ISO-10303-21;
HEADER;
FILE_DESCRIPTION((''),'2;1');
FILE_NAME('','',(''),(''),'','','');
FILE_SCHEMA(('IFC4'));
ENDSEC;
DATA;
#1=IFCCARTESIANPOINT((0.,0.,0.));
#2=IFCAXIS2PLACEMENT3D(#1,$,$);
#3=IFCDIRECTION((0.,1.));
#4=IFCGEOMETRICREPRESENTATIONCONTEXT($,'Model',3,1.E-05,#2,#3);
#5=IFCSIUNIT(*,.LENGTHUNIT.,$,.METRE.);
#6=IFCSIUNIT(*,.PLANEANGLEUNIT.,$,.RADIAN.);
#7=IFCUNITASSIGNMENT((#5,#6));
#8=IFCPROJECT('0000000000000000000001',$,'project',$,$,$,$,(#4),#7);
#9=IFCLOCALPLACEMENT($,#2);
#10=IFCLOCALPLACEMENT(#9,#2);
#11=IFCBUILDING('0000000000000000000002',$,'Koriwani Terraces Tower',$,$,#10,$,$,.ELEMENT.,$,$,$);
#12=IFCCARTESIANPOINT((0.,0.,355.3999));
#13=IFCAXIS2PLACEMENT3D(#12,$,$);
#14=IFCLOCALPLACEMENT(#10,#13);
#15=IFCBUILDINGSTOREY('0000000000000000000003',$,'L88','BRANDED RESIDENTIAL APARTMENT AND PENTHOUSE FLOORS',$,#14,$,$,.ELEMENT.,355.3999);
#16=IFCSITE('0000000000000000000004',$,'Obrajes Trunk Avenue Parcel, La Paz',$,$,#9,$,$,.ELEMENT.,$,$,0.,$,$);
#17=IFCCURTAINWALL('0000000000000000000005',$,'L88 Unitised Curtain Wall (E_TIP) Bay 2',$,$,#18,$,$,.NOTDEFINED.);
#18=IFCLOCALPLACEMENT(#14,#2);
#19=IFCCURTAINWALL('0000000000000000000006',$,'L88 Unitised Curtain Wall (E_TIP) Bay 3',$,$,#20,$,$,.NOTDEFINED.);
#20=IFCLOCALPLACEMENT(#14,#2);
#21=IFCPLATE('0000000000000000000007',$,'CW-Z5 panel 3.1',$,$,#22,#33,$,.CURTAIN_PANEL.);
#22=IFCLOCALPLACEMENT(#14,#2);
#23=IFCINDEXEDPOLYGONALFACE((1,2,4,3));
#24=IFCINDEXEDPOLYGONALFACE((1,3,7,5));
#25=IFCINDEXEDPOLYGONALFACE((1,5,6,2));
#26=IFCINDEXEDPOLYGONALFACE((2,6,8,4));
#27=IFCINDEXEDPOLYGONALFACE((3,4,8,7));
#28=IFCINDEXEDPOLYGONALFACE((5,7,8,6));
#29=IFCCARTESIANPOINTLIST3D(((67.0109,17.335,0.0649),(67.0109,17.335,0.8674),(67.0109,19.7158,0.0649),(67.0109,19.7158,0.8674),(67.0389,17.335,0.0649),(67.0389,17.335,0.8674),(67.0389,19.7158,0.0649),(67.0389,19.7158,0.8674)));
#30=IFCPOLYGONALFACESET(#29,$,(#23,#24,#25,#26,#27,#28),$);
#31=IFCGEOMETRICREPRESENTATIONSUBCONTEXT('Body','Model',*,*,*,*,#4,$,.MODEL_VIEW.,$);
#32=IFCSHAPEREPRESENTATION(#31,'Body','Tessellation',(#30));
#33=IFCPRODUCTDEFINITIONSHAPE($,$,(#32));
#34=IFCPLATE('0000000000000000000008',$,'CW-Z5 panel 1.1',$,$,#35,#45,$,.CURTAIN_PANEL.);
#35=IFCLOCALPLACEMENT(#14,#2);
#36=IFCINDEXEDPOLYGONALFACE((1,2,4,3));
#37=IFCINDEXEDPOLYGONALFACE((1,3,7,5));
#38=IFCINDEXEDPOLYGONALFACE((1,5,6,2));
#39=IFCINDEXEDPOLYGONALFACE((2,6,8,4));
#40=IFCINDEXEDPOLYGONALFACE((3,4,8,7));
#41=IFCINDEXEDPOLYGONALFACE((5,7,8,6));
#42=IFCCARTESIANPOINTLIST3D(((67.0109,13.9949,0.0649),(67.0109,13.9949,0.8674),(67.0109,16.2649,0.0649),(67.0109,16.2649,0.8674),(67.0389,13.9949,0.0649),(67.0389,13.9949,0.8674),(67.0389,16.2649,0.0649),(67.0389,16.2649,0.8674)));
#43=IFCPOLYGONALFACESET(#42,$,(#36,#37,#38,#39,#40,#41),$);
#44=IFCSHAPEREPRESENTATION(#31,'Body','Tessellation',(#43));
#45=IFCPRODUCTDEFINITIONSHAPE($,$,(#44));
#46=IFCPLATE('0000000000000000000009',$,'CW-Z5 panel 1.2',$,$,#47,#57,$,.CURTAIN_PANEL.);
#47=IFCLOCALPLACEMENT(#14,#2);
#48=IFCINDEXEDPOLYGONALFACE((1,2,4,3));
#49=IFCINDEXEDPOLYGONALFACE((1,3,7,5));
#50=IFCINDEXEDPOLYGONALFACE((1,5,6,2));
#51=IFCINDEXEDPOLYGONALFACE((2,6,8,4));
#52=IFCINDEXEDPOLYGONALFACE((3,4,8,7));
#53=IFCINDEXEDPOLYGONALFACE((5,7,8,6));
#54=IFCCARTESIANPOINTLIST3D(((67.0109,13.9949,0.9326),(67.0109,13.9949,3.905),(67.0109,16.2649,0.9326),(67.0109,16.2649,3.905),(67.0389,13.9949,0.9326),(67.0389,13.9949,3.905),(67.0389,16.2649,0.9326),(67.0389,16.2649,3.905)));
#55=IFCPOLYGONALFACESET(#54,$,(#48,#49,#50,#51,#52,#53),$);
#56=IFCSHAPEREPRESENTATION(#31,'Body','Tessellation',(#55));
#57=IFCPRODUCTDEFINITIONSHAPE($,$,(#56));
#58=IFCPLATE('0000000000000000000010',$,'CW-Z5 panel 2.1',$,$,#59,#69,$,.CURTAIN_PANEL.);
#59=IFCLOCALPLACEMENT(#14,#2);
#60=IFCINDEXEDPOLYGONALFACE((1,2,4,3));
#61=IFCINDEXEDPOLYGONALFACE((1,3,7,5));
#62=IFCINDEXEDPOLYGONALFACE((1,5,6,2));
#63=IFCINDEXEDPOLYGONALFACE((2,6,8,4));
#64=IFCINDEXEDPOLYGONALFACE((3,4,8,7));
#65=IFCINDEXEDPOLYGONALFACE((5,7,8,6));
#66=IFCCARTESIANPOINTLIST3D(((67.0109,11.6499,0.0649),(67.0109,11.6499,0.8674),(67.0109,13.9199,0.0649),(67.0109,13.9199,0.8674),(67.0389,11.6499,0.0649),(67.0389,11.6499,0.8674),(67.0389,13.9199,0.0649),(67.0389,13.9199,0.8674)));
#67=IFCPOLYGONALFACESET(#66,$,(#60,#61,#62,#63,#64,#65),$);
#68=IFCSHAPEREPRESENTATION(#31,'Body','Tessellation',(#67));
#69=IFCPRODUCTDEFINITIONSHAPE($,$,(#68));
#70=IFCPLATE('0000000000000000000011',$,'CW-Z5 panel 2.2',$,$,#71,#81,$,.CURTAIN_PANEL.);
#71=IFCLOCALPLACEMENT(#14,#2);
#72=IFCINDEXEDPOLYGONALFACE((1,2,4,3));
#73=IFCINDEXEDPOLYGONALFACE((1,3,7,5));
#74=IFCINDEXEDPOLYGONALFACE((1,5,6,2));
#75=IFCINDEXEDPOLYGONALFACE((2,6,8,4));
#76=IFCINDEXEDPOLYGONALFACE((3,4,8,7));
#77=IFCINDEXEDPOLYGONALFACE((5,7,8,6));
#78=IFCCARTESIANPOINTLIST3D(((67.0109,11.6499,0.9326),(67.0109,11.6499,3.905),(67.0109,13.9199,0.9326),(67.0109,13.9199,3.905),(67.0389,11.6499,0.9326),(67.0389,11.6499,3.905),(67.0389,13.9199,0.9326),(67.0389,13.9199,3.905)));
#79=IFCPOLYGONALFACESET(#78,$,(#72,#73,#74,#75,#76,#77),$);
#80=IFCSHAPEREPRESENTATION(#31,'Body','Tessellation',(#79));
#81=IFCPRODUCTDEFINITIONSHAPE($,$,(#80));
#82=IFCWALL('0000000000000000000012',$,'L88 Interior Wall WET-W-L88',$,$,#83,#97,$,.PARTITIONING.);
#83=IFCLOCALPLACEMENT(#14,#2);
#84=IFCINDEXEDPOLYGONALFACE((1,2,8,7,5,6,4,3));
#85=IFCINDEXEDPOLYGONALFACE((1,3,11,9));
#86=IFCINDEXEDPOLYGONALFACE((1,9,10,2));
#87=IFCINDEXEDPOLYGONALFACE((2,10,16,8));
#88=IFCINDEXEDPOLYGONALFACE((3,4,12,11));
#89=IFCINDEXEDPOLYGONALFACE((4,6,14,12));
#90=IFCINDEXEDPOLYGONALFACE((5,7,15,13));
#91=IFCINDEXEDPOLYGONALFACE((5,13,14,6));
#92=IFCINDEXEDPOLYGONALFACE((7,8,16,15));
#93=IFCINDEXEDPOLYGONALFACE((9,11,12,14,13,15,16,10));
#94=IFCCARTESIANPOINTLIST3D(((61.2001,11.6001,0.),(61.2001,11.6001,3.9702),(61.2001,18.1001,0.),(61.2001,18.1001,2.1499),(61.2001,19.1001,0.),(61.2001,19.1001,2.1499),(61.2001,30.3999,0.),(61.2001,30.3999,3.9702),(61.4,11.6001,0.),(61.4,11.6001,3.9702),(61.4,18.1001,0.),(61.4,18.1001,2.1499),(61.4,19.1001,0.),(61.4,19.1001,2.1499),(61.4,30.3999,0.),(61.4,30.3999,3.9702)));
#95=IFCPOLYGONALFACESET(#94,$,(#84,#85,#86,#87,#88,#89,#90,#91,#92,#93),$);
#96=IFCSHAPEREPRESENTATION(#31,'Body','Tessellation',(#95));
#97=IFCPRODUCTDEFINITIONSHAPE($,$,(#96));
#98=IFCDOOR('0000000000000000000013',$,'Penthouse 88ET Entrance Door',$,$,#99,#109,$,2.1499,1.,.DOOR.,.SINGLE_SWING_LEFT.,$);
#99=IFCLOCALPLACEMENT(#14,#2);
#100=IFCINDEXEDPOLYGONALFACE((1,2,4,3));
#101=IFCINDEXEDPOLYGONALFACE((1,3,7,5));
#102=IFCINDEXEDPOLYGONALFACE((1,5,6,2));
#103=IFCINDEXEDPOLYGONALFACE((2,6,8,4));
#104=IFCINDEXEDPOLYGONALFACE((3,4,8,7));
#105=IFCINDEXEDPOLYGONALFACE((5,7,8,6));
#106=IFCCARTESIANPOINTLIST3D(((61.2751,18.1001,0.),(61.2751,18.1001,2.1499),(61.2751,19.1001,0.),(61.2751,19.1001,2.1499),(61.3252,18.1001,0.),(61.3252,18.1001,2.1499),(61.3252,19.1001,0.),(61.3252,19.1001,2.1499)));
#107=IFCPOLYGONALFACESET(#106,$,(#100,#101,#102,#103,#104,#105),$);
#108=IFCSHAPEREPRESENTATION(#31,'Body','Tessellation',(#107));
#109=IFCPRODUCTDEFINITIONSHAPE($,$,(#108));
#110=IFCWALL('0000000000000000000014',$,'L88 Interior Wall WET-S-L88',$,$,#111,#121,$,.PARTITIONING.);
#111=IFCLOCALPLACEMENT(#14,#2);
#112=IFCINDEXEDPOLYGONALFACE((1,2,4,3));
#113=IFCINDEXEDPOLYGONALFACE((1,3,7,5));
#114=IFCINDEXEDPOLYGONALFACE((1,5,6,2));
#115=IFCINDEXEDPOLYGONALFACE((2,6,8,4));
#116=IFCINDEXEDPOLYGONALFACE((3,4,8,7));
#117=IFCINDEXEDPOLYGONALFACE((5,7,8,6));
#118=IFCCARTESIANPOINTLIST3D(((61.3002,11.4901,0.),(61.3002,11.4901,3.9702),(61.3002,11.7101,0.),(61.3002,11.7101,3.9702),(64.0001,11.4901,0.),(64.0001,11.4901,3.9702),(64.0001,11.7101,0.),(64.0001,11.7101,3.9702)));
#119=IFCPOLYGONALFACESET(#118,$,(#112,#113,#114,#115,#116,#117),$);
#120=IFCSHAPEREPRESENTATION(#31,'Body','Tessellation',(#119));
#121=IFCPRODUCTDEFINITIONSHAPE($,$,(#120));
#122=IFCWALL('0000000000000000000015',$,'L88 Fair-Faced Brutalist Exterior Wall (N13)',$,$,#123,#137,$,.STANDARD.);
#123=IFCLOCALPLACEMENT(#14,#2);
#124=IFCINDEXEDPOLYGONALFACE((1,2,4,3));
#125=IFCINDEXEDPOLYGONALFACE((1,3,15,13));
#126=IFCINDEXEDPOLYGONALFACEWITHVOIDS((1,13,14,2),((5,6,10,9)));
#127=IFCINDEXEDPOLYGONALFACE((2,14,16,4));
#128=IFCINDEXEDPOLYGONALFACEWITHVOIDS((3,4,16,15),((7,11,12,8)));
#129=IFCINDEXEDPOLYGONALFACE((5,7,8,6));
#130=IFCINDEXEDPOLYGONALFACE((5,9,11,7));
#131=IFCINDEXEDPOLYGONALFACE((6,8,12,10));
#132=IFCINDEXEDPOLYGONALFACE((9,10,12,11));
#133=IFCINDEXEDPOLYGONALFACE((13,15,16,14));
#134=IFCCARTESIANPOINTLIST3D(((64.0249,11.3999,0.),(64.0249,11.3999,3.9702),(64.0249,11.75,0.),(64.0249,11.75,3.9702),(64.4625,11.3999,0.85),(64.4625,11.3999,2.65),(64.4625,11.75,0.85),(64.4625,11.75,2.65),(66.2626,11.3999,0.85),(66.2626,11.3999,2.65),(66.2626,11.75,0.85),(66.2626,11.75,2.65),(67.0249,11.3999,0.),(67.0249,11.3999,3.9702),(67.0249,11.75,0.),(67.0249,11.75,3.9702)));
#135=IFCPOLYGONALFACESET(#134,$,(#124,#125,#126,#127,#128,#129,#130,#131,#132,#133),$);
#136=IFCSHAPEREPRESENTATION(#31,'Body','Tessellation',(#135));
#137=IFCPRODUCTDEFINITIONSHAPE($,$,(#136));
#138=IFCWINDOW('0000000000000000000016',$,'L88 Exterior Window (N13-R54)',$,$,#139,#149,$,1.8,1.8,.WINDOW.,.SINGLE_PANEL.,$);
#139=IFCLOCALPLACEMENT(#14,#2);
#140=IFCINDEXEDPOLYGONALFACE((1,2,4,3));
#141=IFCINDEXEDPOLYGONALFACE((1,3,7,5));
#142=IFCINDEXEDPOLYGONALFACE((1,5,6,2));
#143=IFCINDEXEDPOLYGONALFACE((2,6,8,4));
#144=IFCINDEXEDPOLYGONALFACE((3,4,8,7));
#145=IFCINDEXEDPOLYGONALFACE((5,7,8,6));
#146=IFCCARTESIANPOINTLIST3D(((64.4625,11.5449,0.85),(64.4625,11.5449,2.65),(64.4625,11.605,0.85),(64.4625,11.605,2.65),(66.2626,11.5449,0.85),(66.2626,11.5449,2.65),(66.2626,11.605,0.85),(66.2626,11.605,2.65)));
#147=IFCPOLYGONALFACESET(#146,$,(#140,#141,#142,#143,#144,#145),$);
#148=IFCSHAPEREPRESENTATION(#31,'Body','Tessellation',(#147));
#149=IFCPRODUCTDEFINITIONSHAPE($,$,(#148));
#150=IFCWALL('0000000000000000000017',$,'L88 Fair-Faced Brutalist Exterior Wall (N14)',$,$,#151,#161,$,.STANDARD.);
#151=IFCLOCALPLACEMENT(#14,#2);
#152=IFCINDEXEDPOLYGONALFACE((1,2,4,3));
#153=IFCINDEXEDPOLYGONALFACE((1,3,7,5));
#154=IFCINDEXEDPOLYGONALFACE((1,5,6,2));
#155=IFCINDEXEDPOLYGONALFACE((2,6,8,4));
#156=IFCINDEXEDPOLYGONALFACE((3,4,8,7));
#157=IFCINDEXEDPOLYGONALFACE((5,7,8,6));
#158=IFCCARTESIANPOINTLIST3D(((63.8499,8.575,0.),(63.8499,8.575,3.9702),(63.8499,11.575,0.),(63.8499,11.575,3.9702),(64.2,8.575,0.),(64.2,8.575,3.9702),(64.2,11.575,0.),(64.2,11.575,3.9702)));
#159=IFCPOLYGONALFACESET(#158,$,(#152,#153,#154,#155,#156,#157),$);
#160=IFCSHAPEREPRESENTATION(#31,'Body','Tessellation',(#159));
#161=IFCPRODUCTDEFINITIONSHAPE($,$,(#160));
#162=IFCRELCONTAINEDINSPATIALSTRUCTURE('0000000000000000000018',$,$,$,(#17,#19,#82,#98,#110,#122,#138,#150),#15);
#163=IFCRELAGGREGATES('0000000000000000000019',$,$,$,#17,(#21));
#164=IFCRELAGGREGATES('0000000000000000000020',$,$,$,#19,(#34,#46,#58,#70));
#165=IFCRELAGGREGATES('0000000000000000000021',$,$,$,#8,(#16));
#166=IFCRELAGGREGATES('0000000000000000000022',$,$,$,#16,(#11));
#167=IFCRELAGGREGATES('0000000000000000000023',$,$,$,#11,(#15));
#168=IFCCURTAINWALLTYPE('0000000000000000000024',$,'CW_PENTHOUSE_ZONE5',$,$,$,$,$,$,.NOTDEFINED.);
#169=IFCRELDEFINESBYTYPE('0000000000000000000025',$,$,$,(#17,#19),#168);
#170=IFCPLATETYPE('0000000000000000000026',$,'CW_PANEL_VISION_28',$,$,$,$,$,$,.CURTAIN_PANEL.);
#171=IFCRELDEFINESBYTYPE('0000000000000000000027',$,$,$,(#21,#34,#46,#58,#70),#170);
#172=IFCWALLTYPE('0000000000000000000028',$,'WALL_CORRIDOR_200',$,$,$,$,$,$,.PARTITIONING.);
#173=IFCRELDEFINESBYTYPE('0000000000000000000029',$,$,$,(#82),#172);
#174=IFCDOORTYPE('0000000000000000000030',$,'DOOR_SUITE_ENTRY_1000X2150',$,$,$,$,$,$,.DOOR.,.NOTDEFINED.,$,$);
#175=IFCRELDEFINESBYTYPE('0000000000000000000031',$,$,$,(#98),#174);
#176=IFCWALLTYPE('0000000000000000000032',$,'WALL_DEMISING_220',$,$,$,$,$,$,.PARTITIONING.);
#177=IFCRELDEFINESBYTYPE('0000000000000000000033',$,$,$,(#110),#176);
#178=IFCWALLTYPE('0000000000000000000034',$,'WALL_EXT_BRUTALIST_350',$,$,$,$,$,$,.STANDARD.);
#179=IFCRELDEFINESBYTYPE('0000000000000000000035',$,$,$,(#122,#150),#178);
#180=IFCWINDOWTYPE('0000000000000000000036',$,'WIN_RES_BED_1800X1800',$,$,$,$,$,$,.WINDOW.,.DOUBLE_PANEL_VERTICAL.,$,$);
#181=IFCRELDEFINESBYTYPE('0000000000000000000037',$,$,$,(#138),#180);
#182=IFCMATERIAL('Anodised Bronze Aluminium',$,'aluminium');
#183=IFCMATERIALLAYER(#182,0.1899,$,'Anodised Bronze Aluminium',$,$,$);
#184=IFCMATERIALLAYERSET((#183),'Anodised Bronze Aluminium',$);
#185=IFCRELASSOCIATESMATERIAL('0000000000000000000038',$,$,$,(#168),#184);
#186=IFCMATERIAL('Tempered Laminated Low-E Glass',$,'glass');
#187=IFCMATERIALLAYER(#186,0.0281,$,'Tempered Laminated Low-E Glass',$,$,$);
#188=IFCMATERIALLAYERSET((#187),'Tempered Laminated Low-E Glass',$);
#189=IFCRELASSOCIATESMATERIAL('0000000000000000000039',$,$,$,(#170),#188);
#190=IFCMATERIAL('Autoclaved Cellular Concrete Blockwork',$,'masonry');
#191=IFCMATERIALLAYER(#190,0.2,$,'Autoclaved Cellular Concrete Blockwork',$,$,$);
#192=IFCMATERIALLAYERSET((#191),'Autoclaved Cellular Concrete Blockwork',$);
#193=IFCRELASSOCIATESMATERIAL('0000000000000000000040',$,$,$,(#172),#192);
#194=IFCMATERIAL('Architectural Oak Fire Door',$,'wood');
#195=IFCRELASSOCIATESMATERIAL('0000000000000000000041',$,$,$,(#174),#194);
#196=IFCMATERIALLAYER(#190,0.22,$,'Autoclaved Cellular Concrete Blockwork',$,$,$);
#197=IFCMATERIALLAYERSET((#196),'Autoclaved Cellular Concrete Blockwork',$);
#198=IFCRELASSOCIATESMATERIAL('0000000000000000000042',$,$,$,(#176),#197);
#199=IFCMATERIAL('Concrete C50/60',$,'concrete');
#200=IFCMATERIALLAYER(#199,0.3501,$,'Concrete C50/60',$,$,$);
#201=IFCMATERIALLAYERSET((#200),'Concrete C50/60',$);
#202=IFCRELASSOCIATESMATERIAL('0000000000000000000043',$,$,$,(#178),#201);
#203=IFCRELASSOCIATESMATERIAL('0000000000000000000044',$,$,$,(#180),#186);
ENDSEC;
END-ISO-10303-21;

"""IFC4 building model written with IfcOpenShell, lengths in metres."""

from ifc_helpers import new_model, si_unit, direction, frame, frame_2d, origin, origin_2d, place, context, subcontext, project, spatial, rectangle, extrude, material, layer, layer_set, type_object, element, fill, aggregate, save


model = new_model("IFC4")

# Units and contexts
model_context = context("Model", 3, precision=1e-05, world=origin(), true_north=direction((0.0, 1.0)))
body_context = subcontext(model_context, "Body", "Model", "MODEL_VIEW")
ifc_project = project(units=[si_unit("LENGTHUNIT", "METRE"), si_unit("PLANEANGLEUNIT", "RADIAN")], contexts=[model_context])

# Site, building, storey
site_placement = place(None, origin())
site = spatial("IfcSite", under=ifc_project, at=site_placement, Name="Obrajes Trunk Avenue Parcel, La Paz", CompositionType="ELEMENT", RefElevation=0.0)
building_placement = place(site_placement, origin())
building = spatial("IfcBuilding", under=site, at=building_placement, Name="Koriwani Terraces Tower", CompositionType="ELEMENT")
storey_placement = place(building_placement, frame((0.0, 0.0, 355.3999)))
storey = spatial("IfcBuildingStorey", under=building, at=storey_placement, Name="L88", Description="BRANDED RESIDENTIAL APARTMENT AND PENTHOUSE FLOORS", CompositionType="ELEMENT", Elevation=355.3999)

# Shared definitions
ifc_material_1 = material(Name="Concrete C50/60", Category="concrete")

# Curtain wall
ifc_material_2 = material(Name="Anodised Bronze Aluminium", Category="aluminium")
ifc_layer_1 = layer(ifc_material_2, 0.1899, Name="Anodised Bronze Aluminium")
ifc_layer_set_1 = layer_set([ifc_layer_1], Name="Anodised Bronze Aluminium")
curtain_wall_type = type_object("IfcCurtainWallType", Name="CW_PENTHOUSE_ZONE5", PredefinedType="NOTDEFINED", material=ifc_layer_set_1)
curtain_wall_1_placement = place(storey_placement, origin())
curtain_wall_1 = element("IfcCurtainWall", 1, at=curtain_wall_1_placement, inside=storey, type_object=curtain_wall_type, Name="L88 Unitised Curtain Wall (E_TIP) Bay 2", PredefinedType="NOTDEFINED")

# Curtain wall
curtain_wall_2_placement = place(storey_placement, origin())
curtain_wall_2 = element("IfcCurtainWall", 2, at=curtain_wall_2_placement, inside=storey, type_object=curtain_wall_type, Name="L88 Unitised Curtain Wall (E_TIP) Bay 3", PredefinedType="NOTDEFINED")

# Plates
ifc_material_3 = material(Name="Tempered Laminated Low-E Glass", Category="glass")
ifc_layer_2 = layer(ifc_material_3, 0.0281, Name="Tempered Laminated Low-E Glass")
ifc_layer_set_2 = layer_set([ifc_layer_2], Name="Tempered Laminated Low-E Glass")
plate_type = type_object("IfcPlateType", Name="CW_PANEL_VISION_28", PredefinedType="CURTAIN_PANEL", material=ifc_layer_set_2)
plate_1_placement = place(storey_placement, frame((67.0249, 18.5254, 0.0649), z_axis=(0.0, 0.0, 1.0), x_axis=(0.0, -1.0, 0.0)))
plate_1 = element("IfcPlate", 3, at=plate_1_placement, type_object=plate_type, Name="CW-Z5 panel 3.1", PredefinedType="CURTAIN_PANEL", context=body_context, shape_type="SweptSolid", body=[
    extrude(rectangle(XDim=2.3809, YDim=0.0281, at=origin_2d()), origin(), (0.0, 0.0, 1.0), 0.8025),
])
aggregate(curtain_wall_1, [plate_1])
plate_2_placement = place(storey_placement, frame((67.0249, 15.1299, 0.0649), z_axis=(0.0, 0.0, 1.0), x_axis=(0.0, -1.0, 0.0)))
plate_2 = element("IfcPlate", 4, at=plate_2_placement, type_object=plate_type, Name="CW-Z5 panel 1.1", PredefinedType="CURTAIN_PANEL", context=body_context, shape_type="SweptSolid", body=[
    extrude(rectangle(XDim=2.27, YDim=0.0281, at=origin_2d()), origin(), (0.0, 0.0, 1.0), 0.8025),
])
plate_3_placement = place(storey_placement, frame((67.0249, 15.1299, 0.9326), z_axis=(0.0, 0.0, 1.0), x_axis=(0.0, -1.0, 0.0)))
plate_3 = element("IfcPlate", 5, at=plate_3_placement, type_object=plate_type, Name="CW-Z5 panel 1.2", PredefinedType="CURTAIN_PANEL", context=body_context, shape_type="SweptSolid", body=[
    extrude(rectangle(XDim=2.27, YDim=0.0281, at=origin_2d()), origin(), (0.0, 0.0, 1.0), 2.9724),
])
plate_4_placement = place(storey_placement, frame((67.0249, 12.7849, 0.0649), z_axis=(0.0, 0.0, 1.0), x_axis=(0.0, -1.0, 0.0)))
plate_4 = element("IfcPlate", 6, at=plate_4_placement, type_object=plate_type, Name="CW-Z5 panel 2.1", PredefinedType="CURTAIN_PANEL", context=body_context, shape_type="SweptSolid", body=[
    extrude(rectangle(XDim=2.27, YDim=0.0281, at=origin_2d()), origin(), (0.0, 0.0, 1.0), 0.8025),
])
plate_5_placement = place(storey_placement, frame((67.0249, 12.7849, 0.9326), z_axis=(0.0, 0.0, 1.0), x_axis=(0.0, -1.0, 0.0)))
plate_5 = element("IfcPlate", 7, at=plate_5_placement, type_object=plate_type, Name="CW-Z5 panel 2.2", PredefinedType="CURTAIN_PANEL", context=body_context, shape_type="SweptSolid", body=[
    extrude(rectangle(XDim=2.27, YDim=0.0281, at=origin_2d()), origin(), (0.0, 0.0, 1.0), 2.9724),
])
aggregate(curtain_wall_2, [plate_2, plate_3, plate_4, plate_5])

# Wall, opening, door
ifc_material_4 = material(Name="Autoclaved Cellular Concrete Blockwork", Category="masonry")
ifc_layer_3 = layer(ifc_material_4, 0.2, Name="Autoclaved Cellular Concrete Blockwork")
ifc_layer_set_3 = layer_set([ifc_layer_3], Name="Autoclaved Cellular Concrete Blockwork")
wall_type_1 = type_object("IfcWallType", Name="WALL_CORRIDOR_200", PredefinedType="PARTITIONING", material=ifc_layer_set_3)
wall_1_placement = place(storey_placement, frame((61.3, 11.6001, 0.0), z_axis=(0.0, 0.0, 1.0), x_axis=(0.0, 1.0, 0.0)))
wall_1 = element("IfcWall", 8, at=wall_1_placement, inside=storey, type_object=wall_type_1, Name="L88 Interior Wall WET-W-L88", PredefinedType="PARTITIONING", context=body_context, shape_type="SweptSolid", body=[
    extrude(rectangle(XDim=18.7998, YDim=0.2, at=frame_2d((9.3999, 0.0))), origin(), (0.0, 0.0, 1.0), 3.9702),
])
opening_1_placement = place(wall_1_placement, frame((6.5, 0.0, 0.0)))
opening_1 = element("IfcOpeningElement", 9, at=opening_1_placement, cuts=wall_1, PredefinedType="OPENING", context=body_context, shape_type="SweptSolid", body=[
    extrude(rectangle(XDim=1.0, YDim=2.1499, at=frame_2d((0.5, 1.075))), frame((0.0, 0.1099, 0.0), z_axis=(0.0, -1.0, 0.0), x_axis=(1.0, 0.0, 0.0)), (0.0, 0.0, 1.0), 0.22),
])
ifc_material_5 = material(Name="Architectural Oak Fire Door", Category="wood")
door_type_1 = type_object("IfcDoorType", Name="DOOR_SUITE_ENTRY_1000X2150", OperationType="NOTDEFINED", PredefinedType="DOOR", material=ifc_material_5)
door_1_placement = place(opening_1_placement, origin())
door_1 = element("IfcDoor", 10, at=door_1_placement, inside=storey, type_object=door_type_1, Name="Penthouse 88ET Entrance Door", OperationType="SINGLE_SWING_LEFT", OverallHeight=2.1499, OverallWidth=1.0, PredefinedType="DOOR", context=body_context, shape_type="SweptSolid", body=[
    extrude(rectangle(XDim=1.0, YDim=2.1499, at=frame_2d((0.5, 1.075))), frame((0.0, 0.0249, 0.0), z_axis=(0.0, -1.0, 0.0), x_axis=(1.0, 0.0, 0.0)), (0.0, 0.0, 1.0), 0.05),
])
fill(opening_1, door_1)

# Wall
ifc_layer_4 = layer(ifc_material_4, 0.22, Name="Autoclaved Cellular Concrete Blockwork")
ifc_layer_set_4 = layer_set([ifc_layer_4], Name="Autoclaved Cellular Concrete Blockwork")
wall_type_2 = type_object("IfcWallType", Name="WALL_DEMISING_220", PredefinedType="PARTITIONING", material=ifc_layer_set_4)
wall_2_placement = place(storey_placement, frame((61.3, 11.6001, 0.0), z_axis=(0.0, 0.0, 1.0), x_axis=(1.0, 0.0, 0.0)))
element("IfcWall", 11, at=wall_2_placement, inside=storey, type_object=wall_type_2, Name="L88 Interior Wall WET-S-L88", PredefinedType="PARTITIONING", context=body_context, shape_type="SweptSolid", body=[
    extrude(rectangle(XDim=2.7, YDim=0.22, at=frame_2d((1.3501, 0.0))), origin(), (0.0, 0.0, 1.0), 3.9702),
])

# Wall, opening, window
ifc_layer_5 = layer(ifc_material_1, 0.3501, Name="Concrete C50/60")
ifc_layer_set_5 = layer_set([ifc_layer_5], Name="Concrete C50/60")
wall_type_3 = type_object("IfcWallType", Name="WALL_EXT_BRUTALIST_350", PredefinedType="STANDARD", material=ifc_layer_set_5)
wall_3_placement = place(storey_placement, frame((67.0249, 11.575, 0.0), z_axis=(0.0, 0.0, 1.0), x_axis=(-1.0, 0.0, 0.0)))
wall_3 = element("IfcWall", 12, at=wall_3_placement, inside=storey, type_object=wall_type_3, Name="L88 Fair-Faced Brutalist Exterior Wall (N13)", PredefinedType="STANDARD", context=body_context, shape_type="SweptSolid", body=[
    extrude(rectangle(XDim=3.0, YDim=0.3501, at=frame_2d((1.5, 0.0))), origin(), (0.0, 0.0, 1.0), 3.9702),
])
opening_2_placement = place(wall_3_placement, frame((0.7625, 0.0, 0.8501)))
opening_2 = element("IfcOpeningElement", 13, at=opening_2_placement, cuts=wall_3, PredefinedType="OPENING", context=body_context, shape_type="SweptSolid", body=[
    extrude(rectangle(XDim=1.8, YDim=1.8, at=frame_2d((0.8999, 0.8999))), frame((0.0, 0.1851, 0.0), z_axis=(0.0, -1.0, 0.0), x_axis=(1.0, 0.0, 0.0)), (0.0, 0.0, 1.0), 0.3701),
])
window_type_1 = type_object("IfcWindowType", Name="WIN_RES_BED_1800X1800", PartitioningType="DOUBLE_PANEL_VERTICAL", PredefinedType="WINDOW", material=ifc_material_3)
window_1_placement = place(opening_2_placement, origin())
window_1 = element("IfcWindow", 14, at=window_1_placement, inside=storey, type_object=window_type_1, Name="L88 Exterior Window (N13-R54)", OverallHeight=1.8, OverallWidth=1.8, PartitioningType="SINGLE_PANEL", PredefinedType="WINDOW", context=body_context, shape_type="SweptSolid", body=[
    extrude(rectangle(XDim=1.8, YDim=1.8, at=frame_2d((0.8999, 0.8999))), frame((0.0, 0.03, 0.0), z_axis=(0.0, -1.0, 0.0), x_axis=(1.0, 0.0, 0.0)), (0.0, 0.0, 1.0), 0.0601),
])
fill(opening_2, window_1)

# Wall
wall_4_placement = place(storey_placement, frame((64.0249, 11.575, 0.0), z_axis=(0.0, 0.0, 1.0), x_axis=(0.0, -1.0, 0.0)))
element("IfcWall", 15, at=wall_4_placement, inside=storey, type_object=wall_type_3, Name="L88 Fair-Faced Brutalist Exterior Wall (N14)", PredefinedType="STANDARD", context=body_context, shape_type="SweptSolid", body=[
    extrude(rectangle(XDim=3.0, YDim=0.3501, at=frame_2d((1.5, 0.0))), origin(), (0.0, 0.0, 1.0), 3.9702),
])

save(model, "model.ifc")
